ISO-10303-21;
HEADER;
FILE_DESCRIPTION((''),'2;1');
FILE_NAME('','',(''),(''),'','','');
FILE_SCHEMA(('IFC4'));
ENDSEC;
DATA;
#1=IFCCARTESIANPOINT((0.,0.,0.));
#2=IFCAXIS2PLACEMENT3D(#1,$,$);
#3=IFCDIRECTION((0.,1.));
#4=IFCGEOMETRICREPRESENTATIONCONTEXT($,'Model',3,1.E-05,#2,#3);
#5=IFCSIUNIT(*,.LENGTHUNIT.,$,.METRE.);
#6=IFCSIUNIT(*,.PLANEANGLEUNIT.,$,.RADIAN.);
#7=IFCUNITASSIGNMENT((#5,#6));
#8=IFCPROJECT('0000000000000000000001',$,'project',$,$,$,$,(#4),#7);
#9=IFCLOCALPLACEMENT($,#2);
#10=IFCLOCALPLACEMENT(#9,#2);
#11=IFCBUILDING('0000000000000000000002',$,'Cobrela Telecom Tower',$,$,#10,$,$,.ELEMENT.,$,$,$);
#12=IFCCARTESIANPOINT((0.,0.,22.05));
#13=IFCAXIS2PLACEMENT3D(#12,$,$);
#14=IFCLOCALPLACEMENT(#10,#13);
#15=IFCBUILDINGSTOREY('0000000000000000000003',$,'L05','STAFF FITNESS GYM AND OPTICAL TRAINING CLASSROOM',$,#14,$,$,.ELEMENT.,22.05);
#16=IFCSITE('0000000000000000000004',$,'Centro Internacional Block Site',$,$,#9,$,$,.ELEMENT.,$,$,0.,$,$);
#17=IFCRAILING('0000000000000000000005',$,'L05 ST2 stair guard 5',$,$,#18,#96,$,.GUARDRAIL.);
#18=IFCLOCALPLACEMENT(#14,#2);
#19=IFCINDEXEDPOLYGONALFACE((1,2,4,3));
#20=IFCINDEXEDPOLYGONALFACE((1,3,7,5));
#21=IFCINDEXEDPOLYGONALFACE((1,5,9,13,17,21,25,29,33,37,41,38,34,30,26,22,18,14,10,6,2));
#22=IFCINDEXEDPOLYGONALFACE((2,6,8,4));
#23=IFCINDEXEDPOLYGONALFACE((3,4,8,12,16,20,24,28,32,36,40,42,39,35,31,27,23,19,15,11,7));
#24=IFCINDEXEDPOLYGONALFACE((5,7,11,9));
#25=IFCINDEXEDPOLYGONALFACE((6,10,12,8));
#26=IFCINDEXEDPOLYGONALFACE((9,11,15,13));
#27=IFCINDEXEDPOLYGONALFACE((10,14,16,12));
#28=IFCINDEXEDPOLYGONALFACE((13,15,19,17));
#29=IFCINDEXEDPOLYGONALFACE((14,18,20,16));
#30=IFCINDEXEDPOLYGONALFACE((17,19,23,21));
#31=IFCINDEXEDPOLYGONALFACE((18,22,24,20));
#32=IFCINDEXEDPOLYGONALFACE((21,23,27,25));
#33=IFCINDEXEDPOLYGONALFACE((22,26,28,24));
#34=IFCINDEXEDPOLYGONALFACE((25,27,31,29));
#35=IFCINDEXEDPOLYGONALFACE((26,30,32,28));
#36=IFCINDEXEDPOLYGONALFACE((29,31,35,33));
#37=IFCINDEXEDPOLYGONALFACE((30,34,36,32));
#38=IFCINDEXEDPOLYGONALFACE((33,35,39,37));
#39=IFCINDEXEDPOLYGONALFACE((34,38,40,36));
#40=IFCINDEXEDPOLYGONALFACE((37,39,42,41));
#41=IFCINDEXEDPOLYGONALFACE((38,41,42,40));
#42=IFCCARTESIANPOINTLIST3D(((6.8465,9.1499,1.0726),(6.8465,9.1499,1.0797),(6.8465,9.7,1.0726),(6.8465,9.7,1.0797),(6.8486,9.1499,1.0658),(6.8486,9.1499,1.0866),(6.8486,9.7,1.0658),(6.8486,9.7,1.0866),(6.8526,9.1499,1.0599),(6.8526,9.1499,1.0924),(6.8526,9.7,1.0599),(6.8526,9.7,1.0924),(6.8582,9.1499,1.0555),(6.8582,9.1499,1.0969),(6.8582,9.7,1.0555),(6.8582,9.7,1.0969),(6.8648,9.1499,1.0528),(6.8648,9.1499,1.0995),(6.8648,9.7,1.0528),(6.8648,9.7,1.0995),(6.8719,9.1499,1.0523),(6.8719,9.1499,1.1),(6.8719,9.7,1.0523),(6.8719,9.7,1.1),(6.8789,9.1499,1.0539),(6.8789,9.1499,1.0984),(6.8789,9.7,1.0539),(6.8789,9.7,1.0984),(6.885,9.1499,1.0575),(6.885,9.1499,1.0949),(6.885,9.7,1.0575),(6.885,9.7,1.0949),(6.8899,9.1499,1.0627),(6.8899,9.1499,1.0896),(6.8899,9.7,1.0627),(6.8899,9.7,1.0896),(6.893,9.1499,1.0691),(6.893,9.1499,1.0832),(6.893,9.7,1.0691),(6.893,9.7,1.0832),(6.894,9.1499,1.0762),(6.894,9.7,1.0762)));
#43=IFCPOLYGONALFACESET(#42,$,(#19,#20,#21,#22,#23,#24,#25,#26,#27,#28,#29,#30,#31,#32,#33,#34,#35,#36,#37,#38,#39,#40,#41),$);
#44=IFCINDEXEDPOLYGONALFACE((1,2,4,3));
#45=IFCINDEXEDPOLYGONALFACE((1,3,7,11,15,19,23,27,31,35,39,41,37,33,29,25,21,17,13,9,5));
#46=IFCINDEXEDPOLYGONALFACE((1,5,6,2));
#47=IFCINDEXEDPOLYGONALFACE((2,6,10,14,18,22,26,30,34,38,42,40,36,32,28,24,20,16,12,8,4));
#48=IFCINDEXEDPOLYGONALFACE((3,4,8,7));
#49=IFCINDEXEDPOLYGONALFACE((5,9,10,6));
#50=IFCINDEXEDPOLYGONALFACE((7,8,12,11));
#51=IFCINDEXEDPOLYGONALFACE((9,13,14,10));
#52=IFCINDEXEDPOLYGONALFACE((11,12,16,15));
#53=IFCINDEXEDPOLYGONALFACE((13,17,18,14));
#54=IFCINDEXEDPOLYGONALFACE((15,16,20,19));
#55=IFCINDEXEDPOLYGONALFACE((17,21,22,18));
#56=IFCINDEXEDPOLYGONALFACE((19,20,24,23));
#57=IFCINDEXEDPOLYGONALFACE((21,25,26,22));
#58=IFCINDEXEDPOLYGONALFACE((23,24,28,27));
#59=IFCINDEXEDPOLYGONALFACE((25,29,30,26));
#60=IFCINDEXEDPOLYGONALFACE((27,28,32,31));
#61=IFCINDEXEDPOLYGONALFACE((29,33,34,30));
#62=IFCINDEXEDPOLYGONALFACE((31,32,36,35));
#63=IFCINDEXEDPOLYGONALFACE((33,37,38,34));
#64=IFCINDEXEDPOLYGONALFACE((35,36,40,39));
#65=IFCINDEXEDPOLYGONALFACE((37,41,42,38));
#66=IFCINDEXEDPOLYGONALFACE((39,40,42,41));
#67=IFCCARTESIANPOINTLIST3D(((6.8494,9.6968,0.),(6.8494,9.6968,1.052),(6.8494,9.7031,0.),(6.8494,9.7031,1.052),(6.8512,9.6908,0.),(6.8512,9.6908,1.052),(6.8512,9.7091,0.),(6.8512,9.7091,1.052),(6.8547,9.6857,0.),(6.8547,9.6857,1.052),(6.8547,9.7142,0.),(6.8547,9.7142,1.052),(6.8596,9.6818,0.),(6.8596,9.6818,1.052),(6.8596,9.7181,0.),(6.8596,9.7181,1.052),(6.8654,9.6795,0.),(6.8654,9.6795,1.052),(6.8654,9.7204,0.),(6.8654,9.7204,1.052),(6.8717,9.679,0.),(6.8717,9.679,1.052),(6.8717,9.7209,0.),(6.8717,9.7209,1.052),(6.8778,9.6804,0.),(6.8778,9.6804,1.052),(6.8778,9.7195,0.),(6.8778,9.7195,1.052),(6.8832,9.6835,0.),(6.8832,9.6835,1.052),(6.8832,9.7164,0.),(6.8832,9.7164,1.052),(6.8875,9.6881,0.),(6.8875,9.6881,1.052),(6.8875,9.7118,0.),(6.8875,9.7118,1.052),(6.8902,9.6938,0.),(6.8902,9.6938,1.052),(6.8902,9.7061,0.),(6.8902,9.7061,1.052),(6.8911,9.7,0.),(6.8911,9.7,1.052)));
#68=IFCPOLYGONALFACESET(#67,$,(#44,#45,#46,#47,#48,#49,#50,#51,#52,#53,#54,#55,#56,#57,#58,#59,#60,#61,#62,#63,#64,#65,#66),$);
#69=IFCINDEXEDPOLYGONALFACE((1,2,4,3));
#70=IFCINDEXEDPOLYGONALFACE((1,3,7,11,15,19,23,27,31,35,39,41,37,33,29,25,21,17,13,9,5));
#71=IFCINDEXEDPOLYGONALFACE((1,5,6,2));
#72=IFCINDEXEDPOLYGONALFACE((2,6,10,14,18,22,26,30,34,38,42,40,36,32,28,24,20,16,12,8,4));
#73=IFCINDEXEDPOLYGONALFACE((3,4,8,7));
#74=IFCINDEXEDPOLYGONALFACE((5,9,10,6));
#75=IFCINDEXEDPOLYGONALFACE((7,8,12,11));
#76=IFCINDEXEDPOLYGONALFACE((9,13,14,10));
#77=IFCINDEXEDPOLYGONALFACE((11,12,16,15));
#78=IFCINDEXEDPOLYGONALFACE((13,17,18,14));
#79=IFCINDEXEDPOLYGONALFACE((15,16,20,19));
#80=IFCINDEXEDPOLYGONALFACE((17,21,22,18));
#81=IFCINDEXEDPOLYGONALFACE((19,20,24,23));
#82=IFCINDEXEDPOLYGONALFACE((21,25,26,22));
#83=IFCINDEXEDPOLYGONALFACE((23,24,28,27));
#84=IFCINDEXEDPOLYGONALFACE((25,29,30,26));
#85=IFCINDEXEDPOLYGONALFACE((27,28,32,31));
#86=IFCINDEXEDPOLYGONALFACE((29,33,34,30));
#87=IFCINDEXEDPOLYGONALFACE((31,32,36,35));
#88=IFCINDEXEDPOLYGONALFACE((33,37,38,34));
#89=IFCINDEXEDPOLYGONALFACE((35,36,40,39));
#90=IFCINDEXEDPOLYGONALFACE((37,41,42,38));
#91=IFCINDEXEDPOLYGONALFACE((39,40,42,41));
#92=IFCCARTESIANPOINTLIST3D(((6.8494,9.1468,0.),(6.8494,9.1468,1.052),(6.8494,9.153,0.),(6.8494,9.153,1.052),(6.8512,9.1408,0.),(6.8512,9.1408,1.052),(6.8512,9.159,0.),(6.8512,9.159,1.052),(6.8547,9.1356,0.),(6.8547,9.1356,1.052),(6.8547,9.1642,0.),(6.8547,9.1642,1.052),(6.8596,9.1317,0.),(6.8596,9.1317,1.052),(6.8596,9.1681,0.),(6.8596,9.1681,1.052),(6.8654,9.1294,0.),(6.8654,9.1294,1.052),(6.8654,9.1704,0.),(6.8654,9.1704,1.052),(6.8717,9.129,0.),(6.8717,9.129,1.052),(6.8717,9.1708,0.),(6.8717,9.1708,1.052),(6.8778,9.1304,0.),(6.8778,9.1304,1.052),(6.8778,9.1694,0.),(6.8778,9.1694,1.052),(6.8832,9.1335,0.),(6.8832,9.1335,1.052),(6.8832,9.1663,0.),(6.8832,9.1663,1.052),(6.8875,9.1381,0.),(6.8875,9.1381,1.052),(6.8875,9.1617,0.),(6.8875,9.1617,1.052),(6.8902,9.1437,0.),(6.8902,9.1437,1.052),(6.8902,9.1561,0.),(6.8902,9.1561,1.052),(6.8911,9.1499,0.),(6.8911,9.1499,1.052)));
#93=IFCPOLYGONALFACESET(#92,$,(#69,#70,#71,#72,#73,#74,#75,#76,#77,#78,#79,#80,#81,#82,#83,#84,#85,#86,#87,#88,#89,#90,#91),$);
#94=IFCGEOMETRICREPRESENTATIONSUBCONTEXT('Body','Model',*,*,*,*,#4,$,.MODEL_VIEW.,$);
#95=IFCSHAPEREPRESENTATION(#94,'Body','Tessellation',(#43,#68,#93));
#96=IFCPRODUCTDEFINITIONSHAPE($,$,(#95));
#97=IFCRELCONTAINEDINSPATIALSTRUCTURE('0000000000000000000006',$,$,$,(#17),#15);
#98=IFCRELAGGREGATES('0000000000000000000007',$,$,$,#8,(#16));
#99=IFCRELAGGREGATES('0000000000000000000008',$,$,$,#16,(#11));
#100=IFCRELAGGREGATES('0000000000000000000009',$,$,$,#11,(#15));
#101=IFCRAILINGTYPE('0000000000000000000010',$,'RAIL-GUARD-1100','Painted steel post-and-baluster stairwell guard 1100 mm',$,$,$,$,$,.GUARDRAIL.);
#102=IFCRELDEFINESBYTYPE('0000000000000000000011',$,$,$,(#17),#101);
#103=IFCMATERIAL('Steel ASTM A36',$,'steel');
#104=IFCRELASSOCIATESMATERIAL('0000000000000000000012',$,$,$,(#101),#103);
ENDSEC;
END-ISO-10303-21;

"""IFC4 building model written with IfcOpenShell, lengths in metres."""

from ifc_helpers import new_model, si_unit, direction, frame, origin, origin_2d, place, context, subcontext, project, spatial, circle, extrude, material, type_object, element, save


model = new_model("IFC4")

# Units and contexts
model_context = context("Model", 3, precision=1e-05, world=origin(), true_north=direction((0.0, 1.0)))
body_context = subcontext(model_context, "Body", "Model", "MODEL_VIEW")
ifc_project = project(units=[si_unit("LENGTHUNIT", "METRE"), si_unit("PLANEANGLEUNIT", "RADIAN")], contexts=[model_context])

# Site, building, storey
site_placement = place(None, origin())
site = spatial("IfcSite", under=ifc_project, at=site_placement, Name="Centro Internacional Block Site", CompositionType="ELEMENT", RefElevation=0.0)
building_placement = place(site_placement, origin())
building = spatial("IfcBuilding", under=site, at=building_placement, Name="Cobrela Telecom Tower", CompositionType="ELEMENT")
storey_placement = place(building_placement, frame((0.0, 0.0, 22.05)))
storey = spatial("IfcBuildingStorey", under=building, at=storey_placement, Name="L05", Description="STAFF FITNESS GYM AND OPTICAL TRAINING CLASSROOM", CompositionType="ELEMENT", Elevation=22.05)

# Shared definitions
ifc_material_1 = material(Name="Steel ASTM A36", Category="steel")

# Railing
railing_type_1 = type_object("IfcRailingType", Name="RAIL-GUARD-1100", Description="Painted steel post-and-baluster stairwell guard 1100 mm", PredefinedType="GUARDRAIL", material=ifc_material_1)
railing_1_placement = place(storey_placement, frame((6.8701, 9.7, 0.0)))
element("IfcRailing", 1, at=railing_1_placement, inside=storey, type_object=railing_type_1, Name="L05 ST2 stair guard 5", PredefinedType="GUARDRAIL", context=body_context, shape_type="SweptSolid", body=[
    extrude(circle(Radius=0.0239, at=origin_2d()), frame((0.0, 0.0, 1.0762), z_axis=(0.0, -1.0, 0.0), x_axis=(1.0, 0.0, 0.0)), (0.0, 0.0, 1.0), 0.55),
    extrude(circle(Radius=0.021, at=origin_2d()), origin(), (0.0, 0.0, 1.0), 1.052),
    extrude(circle(Radius=0.021, at=origin_2d()), frame((0.0, -0.55, 0.0)), (0.0, 0.0, 1.0), 1.052),
])

save(model, "model.ifc")
